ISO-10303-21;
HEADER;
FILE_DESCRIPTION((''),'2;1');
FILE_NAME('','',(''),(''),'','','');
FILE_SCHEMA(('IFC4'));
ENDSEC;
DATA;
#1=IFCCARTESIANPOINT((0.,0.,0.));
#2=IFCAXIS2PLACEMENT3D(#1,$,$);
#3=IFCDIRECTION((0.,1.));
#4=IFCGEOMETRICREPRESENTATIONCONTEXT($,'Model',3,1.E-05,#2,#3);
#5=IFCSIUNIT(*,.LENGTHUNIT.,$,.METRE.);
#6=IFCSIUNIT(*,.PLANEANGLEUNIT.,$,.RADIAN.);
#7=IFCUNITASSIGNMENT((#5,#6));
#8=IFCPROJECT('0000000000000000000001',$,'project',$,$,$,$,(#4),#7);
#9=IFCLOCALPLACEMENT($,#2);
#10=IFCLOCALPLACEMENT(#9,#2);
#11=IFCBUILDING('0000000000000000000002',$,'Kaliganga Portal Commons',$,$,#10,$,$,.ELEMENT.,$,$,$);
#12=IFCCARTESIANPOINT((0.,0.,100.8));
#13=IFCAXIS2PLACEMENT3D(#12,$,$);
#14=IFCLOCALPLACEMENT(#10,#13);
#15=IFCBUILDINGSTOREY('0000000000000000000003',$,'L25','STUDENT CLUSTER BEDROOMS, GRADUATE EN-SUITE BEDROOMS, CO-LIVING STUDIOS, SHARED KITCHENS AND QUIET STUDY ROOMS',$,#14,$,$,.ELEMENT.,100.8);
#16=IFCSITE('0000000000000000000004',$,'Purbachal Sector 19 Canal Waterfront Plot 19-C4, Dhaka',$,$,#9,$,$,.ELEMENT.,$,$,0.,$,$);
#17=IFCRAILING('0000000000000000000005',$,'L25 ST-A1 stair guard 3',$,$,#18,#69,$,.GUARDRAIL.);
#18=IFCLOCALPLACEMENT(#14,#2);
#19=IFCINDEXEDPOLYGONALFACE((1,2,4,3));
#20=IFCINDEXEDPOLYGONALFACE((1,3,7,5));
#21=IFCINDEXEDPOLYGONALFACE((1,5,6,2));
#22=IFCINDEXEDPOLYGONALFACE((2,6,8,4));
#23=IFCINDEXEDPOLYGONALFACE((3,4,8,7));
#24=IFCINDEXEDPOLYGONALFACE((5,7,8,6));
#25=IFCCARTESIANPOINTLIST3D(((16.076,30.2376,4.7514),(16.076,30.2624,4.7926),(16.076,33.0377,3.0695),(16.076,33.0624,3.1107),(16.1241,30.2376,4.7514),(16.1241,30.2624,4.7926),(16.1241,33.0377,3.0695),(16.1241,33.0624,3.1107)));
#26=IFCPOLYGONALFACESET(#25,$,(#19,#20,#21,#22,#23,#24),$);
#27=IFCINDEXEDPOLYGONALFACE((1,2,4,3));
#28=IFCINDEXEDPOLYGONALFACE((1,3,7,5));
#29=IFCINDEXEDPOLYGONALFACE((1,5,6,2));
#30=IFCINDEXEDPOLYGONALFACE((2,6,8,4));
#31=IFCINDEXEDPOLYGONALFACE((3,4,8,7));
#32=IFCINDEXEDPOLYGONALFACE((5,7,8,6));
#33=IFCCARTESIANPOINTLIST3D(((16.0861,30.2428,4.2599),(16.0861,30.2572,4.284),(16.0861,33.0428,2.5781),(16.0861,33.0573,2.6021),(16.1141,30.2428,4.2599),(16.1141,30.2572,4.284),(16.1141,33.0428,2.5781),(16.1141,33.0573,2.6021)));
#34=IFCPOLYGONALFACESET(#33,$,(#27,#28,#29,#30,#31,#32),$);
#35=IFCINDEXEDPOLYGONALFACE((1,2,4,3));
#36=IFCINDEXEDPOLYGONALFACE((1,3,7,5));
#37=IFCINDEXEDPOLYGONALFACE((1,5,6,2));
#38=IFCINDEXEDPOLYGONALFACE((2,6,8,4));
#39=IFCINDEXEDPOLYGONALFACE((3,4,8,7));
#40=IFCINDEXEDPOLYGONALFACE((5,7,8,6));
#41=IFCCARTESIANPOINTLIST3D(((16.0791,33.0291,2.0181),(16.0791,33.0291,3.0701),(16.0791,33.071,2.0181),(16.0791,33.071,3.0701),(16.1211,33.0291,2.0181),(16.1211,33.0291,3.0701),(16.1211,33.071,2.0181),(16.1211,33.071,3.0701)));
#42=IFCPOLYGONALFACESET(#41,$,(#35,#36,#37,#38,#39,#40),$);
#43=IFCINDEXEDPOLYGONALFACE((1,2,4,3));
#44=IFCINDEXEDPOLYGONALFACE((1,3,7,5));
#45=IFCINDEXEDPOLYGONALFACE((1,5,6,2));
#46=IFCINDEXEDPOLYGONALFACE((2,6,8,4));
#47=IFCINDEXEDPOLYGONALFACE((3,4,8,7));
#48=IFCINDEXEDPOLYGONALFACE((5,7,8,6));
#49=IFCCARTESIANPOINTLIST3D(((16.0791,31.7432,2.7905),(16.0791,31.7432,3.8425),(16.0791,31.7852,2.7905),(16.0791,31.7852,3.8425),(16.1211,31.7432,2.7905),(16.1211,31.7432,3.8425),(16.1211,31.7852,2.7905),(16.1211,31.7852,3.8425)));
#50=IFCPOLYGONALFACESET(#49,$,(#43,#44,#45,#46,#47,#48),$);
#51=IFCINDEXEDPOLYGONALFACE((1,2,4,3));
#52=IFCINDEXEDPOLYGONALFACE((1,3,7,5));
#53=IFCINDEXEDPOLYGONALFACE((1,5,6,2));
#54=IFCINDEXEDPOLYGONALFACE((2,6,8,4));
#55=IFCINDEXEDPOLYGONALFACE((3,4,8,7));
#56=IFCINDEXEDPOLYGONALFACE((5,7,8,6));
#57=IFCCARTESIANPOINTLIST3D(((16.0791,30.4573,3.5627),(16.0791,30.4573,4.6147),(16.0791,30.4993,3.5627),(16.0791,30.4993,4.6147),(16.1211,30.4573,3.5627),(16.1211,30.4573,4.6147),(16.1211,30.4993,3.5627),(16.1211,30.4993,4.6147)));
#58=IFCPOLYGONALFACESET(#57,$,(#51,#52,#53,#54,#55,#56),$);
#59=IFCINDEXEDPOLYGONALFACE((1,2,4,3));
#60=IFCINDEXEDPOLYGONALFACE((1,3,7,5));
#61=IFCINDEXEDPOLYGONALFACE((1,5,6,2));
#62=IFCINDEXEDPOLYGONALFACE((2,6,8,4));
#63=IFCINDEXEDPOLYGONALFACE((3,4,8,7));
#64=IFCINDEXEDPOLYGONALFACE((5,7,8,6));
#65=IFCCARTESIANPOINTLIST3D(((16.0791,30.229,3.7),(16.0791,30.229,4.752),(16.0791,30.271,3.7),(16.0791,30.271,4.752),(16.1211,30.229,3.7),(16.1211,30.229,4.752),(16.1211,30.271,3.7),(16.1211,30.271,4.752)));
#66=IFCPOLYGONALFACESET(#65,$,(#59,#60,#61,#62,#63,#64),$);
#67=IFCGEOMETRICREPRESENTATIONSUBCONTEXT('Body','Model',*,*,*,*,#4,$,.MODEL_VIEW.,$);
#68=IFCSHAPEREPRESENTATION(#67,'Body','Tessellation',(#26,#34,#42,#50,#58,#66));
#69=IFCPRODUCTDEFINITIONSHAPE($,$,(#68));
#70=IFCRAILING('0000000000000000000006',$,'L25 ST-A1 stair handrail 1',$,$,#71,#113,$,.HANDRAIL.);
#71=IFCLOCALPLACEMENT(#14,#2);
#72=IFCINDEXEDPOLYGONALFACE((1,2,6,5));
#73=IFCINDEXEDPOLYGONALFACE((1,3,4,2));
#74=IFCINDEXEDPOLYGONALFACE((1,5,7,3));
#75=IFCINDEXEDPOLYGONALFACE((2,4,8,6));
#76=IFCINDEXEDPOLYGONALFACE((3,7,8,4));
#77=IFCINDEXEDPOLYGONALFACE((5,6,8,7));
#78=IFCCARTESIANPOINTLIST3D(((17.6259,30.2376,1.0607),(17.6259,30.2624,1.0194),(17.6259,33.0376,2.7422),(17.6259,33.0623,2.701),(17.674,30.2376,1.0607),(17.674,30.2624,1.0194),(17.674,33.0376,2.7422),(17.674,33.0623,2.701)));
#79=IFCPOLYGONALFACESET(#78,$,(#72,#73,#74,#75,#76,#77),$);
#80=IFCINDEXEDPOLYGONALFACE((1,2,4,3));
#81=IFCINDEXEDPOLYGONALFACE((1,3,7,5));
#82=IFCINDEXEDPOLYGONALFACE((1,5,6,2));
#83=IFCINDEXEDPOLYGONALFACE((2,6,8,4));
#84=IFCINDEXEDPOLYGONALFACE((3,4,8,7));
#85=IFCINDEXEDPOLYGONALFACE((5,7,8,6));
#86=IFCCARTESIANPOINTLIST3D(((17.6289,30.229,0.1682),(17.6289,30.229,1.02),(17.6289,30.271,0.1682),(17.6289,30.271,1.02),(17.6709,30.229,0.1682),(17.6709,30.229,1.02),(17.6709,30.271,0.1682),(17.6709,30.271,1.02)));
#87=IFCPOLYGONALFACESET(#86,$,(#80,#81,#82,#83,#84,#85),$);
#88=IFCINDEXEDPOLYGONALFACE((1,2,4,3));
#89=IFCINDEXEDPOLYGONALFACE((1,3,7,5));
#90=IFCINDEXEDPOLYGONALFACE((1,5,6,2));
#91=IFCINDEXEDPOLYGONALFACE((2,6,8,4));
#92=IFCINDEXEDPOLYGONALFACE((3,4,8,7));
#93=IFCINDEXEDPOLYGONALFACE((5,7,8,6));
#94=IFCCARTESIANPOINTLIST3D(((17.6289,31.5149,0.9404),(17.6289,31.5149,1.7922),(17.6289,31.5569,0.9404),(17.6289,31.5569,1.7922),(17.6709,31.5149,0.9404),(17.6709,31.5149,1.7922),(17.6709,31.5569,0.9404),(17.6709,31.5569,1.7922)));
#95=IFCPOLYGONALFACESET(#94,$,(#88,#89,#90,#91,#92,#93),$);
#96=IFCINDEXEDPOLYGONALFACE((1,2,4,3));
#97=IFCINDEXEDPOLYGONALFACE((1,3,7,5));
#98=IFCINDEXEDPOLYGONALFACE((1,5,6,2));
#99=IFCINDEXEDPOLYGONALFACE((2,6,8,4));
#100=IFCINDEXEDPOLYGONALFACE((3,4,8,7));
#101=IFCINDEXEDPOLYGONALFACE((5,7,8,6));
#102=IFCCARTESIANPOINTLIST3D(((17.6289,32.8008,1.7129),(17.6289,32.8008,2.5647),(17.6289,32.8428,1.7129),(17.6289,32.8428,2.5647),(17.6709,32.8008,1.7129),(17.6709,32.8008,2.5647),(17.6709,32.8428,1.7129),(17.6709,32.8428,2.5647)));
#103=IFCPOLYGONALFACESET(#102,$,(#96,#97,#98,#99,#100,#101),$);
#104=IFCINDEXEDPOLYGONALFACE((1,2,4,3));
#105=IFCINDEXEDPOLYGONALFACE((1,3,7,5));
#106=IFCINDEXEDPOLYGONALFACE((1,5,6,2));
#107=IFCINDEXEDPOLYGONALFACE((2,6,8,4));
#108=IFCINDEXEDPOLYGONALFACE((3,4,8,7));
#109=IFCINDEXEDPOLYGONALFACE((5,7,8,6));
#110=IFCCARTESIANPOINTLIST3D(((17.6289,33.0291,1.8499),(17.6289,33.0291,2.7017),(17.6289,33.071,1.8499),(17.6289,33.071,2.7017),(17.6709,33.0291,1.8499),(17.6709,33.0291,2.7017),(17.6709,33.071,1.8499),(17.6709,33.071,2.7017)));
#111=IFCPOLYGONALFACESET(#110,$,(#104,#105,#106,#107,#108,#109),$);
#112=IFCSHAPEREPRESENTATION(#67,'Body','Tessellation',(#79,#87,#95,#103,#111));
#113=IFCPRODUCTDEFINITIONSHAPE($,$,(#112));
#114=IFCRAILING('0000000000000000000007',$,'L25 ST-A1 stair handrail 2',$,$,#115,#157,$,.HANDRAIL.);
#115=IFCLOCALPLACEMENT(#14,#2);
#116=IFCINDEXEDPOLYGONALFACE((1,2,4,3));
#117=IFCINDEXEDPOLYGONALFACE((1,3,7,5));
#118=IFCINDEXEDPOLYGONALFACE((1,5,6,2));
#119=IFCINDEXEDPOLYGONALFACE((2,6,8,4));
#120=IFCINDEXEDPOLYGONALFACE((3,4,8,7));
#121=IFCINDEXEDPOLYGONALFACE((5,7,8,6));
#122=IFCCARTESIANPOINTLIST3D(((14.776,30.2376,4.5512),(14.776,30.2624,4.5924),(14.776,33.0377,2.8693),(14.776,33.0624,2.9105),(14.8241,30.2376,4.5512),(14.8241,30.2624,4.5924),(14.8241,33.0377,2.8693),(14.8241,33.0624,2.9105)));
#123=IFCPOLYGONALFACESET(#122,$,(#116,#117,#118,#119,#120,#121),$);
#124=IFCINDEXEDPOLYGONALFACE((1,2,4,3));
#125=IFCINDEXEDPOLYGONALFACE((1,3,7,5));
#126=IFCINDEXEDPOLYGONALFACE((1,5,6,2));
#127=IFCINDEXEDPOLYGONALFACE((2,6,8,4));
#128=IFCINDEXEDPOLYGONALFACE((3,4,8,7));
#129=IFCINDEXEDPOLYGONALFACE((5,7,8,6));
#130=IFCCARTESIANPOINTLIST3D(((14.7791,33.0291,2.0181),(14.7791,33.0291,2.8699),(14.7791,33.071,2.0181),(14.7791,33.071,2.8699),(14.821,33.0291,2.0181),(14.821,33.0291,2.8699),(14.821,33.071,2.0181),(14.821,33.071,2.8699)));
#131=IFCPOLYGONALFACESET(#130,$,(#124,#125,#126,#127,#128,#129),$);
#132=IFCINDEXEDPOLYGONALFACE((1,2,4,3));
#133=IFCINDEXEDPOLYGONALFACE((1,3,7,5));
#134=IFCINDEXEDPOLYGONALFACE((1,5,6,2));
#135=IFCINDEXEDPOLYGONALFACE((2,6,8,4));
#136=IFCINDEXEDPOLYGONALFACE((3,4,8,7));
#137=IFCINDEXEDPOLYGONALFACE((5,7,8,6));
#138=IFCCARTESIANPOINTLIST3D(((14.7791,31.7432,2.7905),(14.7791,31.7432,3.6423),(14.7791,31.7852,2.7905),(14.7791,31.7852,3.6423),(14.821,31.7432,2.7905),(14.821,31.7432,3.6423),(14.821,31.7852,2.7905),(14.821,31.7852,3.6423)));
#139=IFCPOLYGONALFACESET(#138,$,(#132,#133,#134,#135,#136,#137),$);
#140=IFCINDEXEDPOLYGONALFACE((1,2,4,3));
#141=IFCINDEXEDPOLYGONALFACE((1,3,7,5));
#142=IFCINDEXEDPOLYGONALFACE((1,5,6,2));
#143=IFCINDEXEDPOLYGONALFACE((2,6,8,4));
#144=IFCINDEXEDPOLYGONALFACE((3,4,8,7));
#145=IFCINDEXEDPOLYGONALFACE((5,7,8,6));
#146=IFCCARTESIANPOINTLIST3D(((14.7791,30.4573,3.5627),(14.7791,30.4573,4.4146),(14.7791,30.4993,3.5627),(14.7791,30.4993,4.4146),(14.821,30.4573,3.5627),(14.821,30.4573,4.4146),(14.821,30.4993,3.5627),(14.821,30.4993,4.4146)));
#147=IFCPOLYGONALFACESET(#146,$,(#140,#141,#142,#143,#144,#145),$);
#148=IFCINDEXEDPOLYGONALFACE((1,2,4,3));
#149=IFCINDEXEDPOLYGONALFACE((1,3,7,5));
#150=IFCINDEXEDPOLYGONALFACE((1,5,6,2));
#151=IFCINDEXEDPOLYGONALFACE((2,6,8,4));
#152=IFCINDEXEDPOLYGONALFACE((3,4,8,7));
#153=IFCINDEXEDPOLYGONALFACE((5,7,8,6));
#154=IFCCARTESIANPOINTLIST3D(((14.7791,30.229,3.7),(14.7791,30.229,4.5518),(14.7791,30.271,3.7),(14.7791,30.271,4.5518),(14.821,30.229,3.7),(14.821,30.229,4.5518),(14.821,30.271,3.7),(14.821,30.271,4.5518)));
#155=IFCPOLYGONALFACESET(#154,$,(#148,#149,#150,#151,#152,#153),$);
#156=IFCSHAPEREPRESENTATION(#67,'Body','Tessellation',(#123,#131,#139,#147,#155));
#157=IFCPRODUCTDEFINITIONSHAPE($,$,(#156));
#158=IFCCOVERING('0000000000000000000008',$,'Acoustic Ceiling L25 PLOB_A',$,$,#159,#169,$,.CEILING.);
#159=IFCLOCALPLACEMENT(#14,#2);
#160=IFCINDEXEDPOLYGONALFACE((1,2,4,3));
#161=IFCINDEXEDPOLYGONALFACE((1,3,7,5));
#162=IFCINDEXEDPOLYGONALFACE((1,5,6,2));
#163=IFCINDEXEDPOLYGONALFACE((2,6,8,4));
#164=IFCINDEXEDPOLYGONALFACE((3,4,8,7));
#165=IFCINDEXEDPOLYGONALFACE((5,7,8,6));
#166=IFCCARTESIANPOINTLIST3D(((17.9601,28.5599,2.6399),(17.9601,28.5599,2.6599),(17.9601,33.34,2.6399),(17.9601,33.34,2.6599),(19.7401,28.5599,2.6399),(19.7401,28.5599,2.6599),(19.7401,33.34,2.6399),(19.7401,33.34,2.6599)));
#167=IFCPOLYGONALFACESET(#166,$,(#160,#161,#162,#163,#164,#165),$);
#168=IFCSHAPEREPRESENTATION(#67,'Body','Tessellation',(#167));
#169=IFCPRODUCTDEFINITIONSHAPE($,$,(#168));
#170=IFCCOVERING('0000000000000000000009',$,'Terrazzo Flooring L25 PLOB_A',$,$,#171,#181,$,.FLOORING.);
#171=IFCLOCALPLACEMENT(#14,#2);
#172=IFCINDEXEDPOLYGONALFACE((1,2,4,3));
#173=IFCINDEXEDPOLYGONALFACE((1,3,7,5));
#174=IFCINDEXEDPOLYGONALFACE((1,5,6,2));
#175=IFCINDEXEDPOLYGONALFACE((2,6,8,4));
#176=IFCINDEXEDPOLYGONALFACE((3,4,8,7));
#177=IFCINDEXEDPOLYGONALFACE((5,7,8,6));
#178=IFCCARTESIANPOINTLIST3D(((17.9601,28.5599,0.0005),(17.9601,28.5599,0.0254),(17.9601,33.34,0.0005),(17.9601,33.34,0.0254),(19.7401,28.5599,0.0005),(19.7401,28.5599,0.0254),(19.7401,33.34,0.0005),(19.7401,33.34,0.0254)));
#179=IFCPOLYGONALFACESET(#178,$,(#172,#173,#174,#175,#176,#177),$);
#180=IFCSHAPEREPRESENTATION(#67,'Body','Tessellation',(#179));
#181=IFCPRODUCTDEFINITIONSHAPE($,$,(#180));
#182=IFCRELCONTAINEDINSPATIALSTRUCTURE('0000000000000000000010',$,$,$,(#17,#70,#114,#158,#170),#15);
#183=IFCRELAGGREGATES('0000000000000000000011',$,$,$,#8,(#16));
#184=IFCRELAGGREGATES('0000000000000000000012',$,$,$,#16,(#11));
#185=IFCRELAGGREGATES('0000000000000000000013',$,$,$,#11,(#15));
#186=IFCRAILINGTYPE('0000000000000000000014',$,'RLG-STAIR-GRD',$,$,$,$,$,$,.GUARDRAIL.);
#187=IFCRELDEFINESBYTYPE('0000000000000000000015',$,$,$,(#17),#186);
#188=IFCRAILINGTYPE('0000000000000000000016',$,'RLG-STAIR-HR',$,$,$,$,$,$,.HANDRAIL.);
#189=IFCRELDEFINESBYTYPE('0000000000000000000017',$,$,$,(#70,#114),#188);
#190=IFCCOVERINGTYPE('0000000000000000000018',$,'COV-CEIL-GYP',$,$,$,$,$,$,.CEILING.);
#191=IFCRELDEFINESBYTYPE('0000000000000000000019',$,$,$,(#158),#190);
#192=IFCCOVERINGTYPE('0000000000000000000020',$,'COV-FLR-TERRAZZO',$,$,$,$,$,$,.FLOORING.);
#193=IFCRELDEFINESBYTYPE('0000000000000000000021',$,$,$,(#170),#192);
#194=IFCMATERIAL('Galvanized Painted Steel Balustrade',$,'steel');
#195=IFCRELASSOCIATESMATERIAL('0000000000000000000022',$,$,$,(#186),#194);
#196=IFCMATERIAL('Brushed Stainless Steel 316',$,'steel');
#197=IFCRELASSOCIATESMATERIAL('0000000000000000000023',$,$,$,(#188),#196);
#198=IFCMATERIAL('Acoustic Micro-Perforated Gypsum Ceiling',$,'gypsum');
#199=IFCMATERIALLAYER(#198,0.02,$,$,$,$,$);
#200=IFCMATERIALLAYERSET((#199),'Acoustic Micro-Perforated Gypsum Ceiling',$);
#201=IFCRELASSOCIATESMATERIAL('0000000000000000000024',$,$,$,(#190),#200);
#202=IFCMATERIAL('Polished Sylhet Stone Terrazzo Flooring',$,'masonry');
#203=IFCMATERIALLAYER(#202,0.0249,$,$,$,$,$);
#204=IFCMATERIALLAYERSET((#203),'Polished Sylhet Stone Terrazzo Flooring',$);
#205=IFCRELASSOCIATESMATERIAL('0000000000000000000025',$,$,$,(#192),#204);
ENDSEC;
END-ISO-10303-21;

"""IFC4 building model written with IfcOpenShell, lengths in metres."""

from ifc_helpers import new_model, si_unit, direction, frame, origin, origin_2d, place, context, subcontext, project, spatial, rectangle, extrude, source, transform, mapped, material, layer, layer_set, type_object, element, save


model = new_model("IFC4")

# Units and contexts
model_context = context("Model", 3, precision=1e-05, world=origin(), true_north=direction((0.0, 1.0)))
body_context = subcontext(model_context, "Body", "Model", "MODEL_VIEW")
ifc_project = project(units=[si_unit("LENGTHUNIT", "METRE"), si_unit("PLANEANGLEUNIT", "RADIAN")], contexts=[model_context])

# Site, building, storey
site_placement = place(None, origin())
site = spatial("IfcSite", under=ifc_project, at=site_placement, Name="Purbachal Sector 19 Canal Waterfront Plot 19-C4, Dhaka", CompositionType="ELEMENT", RefElevation=0.0)
building_placement = place(site_placement, origin())
building = spatial("IfcBuilding", under=site, at=building_placement, Name="Kaliganga Portal Commons", CompositionType="ELEMENT")
storey_placement = place(building_placement, frame((0.0, 0.0, 100.8)))
storey = spatial("IfcBuildingStorey", under=building, at=storey_placement, Name="L25", Description="STUDENT CLUSTER BEDROOMS, GRADUATE EN-SUITE BEDROOMS, CO-LIVING STUDIOS, SHARED KITCHENS AND QUIET STUDY ROOMS", CompositionType="ELEMENT", Elevation=100.8)

# Railings
ifc_material_1 = material(Name="Galvanized Painted Steel Balustrade", Category="steel")
railing_type_1 = type_object("IfcRailingType", Name="RLG-STAIR-GRD", PredefinedType="GUARDRAIL", material=ifc_material_1)
railing_1_placement = place(storey_placement, frame((16.1001, 33.05, 2.0181)))
element("IfcRailing", 1, at=railing_1_placement, inside=storey, type_object=railing_type_1, Name="L25 ST-A1 stair guard 3", PredefinedType="GUARDRAIL", context=body_context, shape_type="SweptSolid", body=[
    extrude(rectangle(XDim=0.0481, YDim=0.0481, at=origin_2d()), frame((0.0, 0.0, 1.072), z_axis=(0.0, -0.857242, 0.514913), x_axis=(1.0, 0.0, 0.0)), (0.0, 0.0, 1.0), 3.2664),
    extrude(rectangle(XDim=0.0281, YDim=0.0281, at=origin_2d()), frame((0.0, 0.0, 0.572), z_axis=(0.0, -0.857242, 0.514913), x_axis=(1.0, 0.0, 0.0)), (0.0, 0.0, 1.0), 3.2664),
    extrude(rectangle(XDim=0.042, YDim=0.042, at=origin_2d()), origin(), (0.0, 0.0, 1.0), 1.052),
    extrude(rectangle(XDim=0.042, YDim=0.042, at=origin_2d()), frame((0.0, -1.2859, 0.7725)), (0.0, 0.0, 1.0), 1.052),
    extrude(rectangle(XDim=0.042, YDim=0.042, at=origin_2d()), frame((0.0, -2.5718, 1.5447)), (0.0, 0.0, 1.0), 1.052),
    extrude(rectangle(XDim=0.042, YDim=0.042, at=origin_2d()), frame((0.0, -2.8, 1.6819)), (0.0, 0.0, 1.0), 1.052),
])
ifc_material_2 = material(Name="Brushed Stainless Steel 316", Category="steel")
railing_type_2 = type_object("IfcRailingType", Name="RLG-STAIR-HR", PredefinedType="HANDRAIL", material=ifc_material_2)
railing_2_placement = place(storey_placement, frame((17.6499, 30.25, 0.1682)))
element("IfcRailing", 2, at=railing_2_placement, inside=storey, type_object=railing_type_2, Name="L25 ST-A1 stair handrail 1", PredefinedType="HANDRAIL", context=body_context, shape_type="SweptSolid", body=[
    extrude(rectangle(XDim=0.0481, YDim=0.0481, at=origin_2d()), frame((0.0, 0.0, 0.8718), z_axis=(0.0, 0.857275, 0.514858), x_axis=(-1.0, 0.0, 0.0)), (0.0, 0.0, 1.0), 3.2661),
    extrude(rectangle(XDim=0.042, YDim=0.042, at=origin_2d()), origin(), (0.0, 0.0, 1.0), 0.8518),
    extrude(rectangle(XDim=0.042, YDim=0.042, at=origin_2d()), frame((0.0, 1.2859, 0.7722)), (0.0, 0.0, 1.0), 0.8518),
    extrude(rectangle(XDim=0.042, YDim=0.042, at=origin_2d()), frame((0.0, 2.5718, 1.5447)), (0.0, 0.0, 1.0), 0.8518),
    extrude(rectangle(XDim=0.042, YDim=0.042, at=origin_2d()), frame((0.0, 2.8, 1.6816)), (0.0, 0.0, 1.0), 0.8518),
])
railing_3_placement = place(storey_placement, frame((14.8, 33.05, 2.0181)))
element("IfcRailing", 3, at=railing_3_placement, inside=storey, type_object=railing_type_2, Name="L25 ST-A1 stair handrail 2", PredefinedType="HANDRAIL", context=body_context, shape_type="SweptSolid", body=[
    extrude(rectangle(XDim=0.0481, YDim=0.0481, at=origin_2d()), frame((0.0, 0.0, 0.8718), z_axis=(0.0, -0.857242, 0.514913), x_axis=(1.0, 0.0, 0.0)), (0.0, 0.0, 1.0), 3.2664),
    extrude(rectangle(XDim=0.042, YDim=0.042, at=origin_2d()), origin(), (0.0, 0.0, 1.0), 0.8518),
    extrude(rectangle(XDim=0.042, YDim=0.042, at=origin_2d()), frame((0.0, -1.2859, 0.7725)), (0.0, 0.0, 1.0), 0.8518),
    extrude(rectangle(XDim=0.042, YDim=0.042, at=origin_2d()), frame((0.0, -2.5718, 1.5447)), (0.0, 0.0, 1.0), 0.8518),
    extrude(rectangle(XDim=0.042, YDim=0.042, at=origin_2d()), frame((0.0, -2.8, 1.6819)), (0.0, 0.0, 1.0), 0.8518),
])

# Coverings
ifc_material_3 = material(Name="Acoustic Micro-Perforated Gypsum Ceiling", Category="gypsum")
ifc_layer_1 = layer(ifc_material_3, 0.02)
ifc_layer_set_1 = layer_set([ifc_layer_1], Name="Acoustic Micro-Perforated Gypsum Ceiling")
covering_type_1 = type_object("IfcCoveringType", Name="COV-CEIL-GYP", PredefinedType="CEILING", material=ifc_layer_set_1)
shared_shape_1 = source(origin(), body_context, "Body", "SweptSolid", [
    extrude(rectangle(XDim=1.78, YDim=4.78, at=origin_2d()), origin(), (0.0, 0.0, 1.0), 0.02),
])
covering_1_placement = place(storey_placement, frame((18.8501, 30.95, 2.6399), z_axis=(0.0, 0.0, 1.0), x_axis=(1.0, 0.0, 0.0)))
element("IfcCovering", 4, at=covering_1_placement, inside=storey, type_object=covering_type_1, Name="Acoustic Ceiling L25 PLOB_A", PredefinedType="CEILING", context=body_context, shape_type="MappedRepresentation", body=[
    mapped(shared_shape_1, transform((0.0, 0.0, 0.0), x_axis=(1.0, 0.0, 0.0), y_axis=(0.0, 1.0, 0.0), z_axis=(0.0, 0.0, 1.0), scale=1.0)),
])
ifc_material_4 = material(Name="Polished Sylhet Stone Terrazzo Flooring", Category="masonry")
ifc_layer_2 = layer(ifc_material_4, 0.0249)
ifc_layer_set_2 = layer_set([ifc_layer_2], Name="Polished Sylhet Stone Terrazzo Flooring")
covering_type_2 = type_object("IfcCoveringType", Name="COV-FLR-TERRAZZO", PredefinedType="FLOORING", material=ifc_layer_set_2)
shared_shape_2 = source(origin(), body_context, "Body", "SweptSolid", [
    extrude(rectangle(XDim=1.78, YDim=4.78, at=origin_2d()), origin(), (0.0, 0.0, 1.0), 0.0249),
])
covering_2_placement = place(storey_placement, frame((18.8501, 30.95, 0.0005), z_axis=(0.0, 0.0, 1.0), x_axis=(1.0, 0.0, 0.0)))
element("IfcCovering", 5, at=covering_2_placement, inside=storey, type_object=covering_type_2, Name="Terrazzo Flooring L25 PLOB_A", PredefinedType="FLOORING", context=body_context, shape_type="MappedRepresentation", body=[
    mapped(shared_shape_2, transform((0.0, 0.0, 0.0), x_axis=(1.0, 0.0, 0.0), y_axis=(0.0, 1.0, 0.0), z_axis=(0.0, 0.0, 1.0), scale=1.0)),
])

save(model, "model.ifc")
